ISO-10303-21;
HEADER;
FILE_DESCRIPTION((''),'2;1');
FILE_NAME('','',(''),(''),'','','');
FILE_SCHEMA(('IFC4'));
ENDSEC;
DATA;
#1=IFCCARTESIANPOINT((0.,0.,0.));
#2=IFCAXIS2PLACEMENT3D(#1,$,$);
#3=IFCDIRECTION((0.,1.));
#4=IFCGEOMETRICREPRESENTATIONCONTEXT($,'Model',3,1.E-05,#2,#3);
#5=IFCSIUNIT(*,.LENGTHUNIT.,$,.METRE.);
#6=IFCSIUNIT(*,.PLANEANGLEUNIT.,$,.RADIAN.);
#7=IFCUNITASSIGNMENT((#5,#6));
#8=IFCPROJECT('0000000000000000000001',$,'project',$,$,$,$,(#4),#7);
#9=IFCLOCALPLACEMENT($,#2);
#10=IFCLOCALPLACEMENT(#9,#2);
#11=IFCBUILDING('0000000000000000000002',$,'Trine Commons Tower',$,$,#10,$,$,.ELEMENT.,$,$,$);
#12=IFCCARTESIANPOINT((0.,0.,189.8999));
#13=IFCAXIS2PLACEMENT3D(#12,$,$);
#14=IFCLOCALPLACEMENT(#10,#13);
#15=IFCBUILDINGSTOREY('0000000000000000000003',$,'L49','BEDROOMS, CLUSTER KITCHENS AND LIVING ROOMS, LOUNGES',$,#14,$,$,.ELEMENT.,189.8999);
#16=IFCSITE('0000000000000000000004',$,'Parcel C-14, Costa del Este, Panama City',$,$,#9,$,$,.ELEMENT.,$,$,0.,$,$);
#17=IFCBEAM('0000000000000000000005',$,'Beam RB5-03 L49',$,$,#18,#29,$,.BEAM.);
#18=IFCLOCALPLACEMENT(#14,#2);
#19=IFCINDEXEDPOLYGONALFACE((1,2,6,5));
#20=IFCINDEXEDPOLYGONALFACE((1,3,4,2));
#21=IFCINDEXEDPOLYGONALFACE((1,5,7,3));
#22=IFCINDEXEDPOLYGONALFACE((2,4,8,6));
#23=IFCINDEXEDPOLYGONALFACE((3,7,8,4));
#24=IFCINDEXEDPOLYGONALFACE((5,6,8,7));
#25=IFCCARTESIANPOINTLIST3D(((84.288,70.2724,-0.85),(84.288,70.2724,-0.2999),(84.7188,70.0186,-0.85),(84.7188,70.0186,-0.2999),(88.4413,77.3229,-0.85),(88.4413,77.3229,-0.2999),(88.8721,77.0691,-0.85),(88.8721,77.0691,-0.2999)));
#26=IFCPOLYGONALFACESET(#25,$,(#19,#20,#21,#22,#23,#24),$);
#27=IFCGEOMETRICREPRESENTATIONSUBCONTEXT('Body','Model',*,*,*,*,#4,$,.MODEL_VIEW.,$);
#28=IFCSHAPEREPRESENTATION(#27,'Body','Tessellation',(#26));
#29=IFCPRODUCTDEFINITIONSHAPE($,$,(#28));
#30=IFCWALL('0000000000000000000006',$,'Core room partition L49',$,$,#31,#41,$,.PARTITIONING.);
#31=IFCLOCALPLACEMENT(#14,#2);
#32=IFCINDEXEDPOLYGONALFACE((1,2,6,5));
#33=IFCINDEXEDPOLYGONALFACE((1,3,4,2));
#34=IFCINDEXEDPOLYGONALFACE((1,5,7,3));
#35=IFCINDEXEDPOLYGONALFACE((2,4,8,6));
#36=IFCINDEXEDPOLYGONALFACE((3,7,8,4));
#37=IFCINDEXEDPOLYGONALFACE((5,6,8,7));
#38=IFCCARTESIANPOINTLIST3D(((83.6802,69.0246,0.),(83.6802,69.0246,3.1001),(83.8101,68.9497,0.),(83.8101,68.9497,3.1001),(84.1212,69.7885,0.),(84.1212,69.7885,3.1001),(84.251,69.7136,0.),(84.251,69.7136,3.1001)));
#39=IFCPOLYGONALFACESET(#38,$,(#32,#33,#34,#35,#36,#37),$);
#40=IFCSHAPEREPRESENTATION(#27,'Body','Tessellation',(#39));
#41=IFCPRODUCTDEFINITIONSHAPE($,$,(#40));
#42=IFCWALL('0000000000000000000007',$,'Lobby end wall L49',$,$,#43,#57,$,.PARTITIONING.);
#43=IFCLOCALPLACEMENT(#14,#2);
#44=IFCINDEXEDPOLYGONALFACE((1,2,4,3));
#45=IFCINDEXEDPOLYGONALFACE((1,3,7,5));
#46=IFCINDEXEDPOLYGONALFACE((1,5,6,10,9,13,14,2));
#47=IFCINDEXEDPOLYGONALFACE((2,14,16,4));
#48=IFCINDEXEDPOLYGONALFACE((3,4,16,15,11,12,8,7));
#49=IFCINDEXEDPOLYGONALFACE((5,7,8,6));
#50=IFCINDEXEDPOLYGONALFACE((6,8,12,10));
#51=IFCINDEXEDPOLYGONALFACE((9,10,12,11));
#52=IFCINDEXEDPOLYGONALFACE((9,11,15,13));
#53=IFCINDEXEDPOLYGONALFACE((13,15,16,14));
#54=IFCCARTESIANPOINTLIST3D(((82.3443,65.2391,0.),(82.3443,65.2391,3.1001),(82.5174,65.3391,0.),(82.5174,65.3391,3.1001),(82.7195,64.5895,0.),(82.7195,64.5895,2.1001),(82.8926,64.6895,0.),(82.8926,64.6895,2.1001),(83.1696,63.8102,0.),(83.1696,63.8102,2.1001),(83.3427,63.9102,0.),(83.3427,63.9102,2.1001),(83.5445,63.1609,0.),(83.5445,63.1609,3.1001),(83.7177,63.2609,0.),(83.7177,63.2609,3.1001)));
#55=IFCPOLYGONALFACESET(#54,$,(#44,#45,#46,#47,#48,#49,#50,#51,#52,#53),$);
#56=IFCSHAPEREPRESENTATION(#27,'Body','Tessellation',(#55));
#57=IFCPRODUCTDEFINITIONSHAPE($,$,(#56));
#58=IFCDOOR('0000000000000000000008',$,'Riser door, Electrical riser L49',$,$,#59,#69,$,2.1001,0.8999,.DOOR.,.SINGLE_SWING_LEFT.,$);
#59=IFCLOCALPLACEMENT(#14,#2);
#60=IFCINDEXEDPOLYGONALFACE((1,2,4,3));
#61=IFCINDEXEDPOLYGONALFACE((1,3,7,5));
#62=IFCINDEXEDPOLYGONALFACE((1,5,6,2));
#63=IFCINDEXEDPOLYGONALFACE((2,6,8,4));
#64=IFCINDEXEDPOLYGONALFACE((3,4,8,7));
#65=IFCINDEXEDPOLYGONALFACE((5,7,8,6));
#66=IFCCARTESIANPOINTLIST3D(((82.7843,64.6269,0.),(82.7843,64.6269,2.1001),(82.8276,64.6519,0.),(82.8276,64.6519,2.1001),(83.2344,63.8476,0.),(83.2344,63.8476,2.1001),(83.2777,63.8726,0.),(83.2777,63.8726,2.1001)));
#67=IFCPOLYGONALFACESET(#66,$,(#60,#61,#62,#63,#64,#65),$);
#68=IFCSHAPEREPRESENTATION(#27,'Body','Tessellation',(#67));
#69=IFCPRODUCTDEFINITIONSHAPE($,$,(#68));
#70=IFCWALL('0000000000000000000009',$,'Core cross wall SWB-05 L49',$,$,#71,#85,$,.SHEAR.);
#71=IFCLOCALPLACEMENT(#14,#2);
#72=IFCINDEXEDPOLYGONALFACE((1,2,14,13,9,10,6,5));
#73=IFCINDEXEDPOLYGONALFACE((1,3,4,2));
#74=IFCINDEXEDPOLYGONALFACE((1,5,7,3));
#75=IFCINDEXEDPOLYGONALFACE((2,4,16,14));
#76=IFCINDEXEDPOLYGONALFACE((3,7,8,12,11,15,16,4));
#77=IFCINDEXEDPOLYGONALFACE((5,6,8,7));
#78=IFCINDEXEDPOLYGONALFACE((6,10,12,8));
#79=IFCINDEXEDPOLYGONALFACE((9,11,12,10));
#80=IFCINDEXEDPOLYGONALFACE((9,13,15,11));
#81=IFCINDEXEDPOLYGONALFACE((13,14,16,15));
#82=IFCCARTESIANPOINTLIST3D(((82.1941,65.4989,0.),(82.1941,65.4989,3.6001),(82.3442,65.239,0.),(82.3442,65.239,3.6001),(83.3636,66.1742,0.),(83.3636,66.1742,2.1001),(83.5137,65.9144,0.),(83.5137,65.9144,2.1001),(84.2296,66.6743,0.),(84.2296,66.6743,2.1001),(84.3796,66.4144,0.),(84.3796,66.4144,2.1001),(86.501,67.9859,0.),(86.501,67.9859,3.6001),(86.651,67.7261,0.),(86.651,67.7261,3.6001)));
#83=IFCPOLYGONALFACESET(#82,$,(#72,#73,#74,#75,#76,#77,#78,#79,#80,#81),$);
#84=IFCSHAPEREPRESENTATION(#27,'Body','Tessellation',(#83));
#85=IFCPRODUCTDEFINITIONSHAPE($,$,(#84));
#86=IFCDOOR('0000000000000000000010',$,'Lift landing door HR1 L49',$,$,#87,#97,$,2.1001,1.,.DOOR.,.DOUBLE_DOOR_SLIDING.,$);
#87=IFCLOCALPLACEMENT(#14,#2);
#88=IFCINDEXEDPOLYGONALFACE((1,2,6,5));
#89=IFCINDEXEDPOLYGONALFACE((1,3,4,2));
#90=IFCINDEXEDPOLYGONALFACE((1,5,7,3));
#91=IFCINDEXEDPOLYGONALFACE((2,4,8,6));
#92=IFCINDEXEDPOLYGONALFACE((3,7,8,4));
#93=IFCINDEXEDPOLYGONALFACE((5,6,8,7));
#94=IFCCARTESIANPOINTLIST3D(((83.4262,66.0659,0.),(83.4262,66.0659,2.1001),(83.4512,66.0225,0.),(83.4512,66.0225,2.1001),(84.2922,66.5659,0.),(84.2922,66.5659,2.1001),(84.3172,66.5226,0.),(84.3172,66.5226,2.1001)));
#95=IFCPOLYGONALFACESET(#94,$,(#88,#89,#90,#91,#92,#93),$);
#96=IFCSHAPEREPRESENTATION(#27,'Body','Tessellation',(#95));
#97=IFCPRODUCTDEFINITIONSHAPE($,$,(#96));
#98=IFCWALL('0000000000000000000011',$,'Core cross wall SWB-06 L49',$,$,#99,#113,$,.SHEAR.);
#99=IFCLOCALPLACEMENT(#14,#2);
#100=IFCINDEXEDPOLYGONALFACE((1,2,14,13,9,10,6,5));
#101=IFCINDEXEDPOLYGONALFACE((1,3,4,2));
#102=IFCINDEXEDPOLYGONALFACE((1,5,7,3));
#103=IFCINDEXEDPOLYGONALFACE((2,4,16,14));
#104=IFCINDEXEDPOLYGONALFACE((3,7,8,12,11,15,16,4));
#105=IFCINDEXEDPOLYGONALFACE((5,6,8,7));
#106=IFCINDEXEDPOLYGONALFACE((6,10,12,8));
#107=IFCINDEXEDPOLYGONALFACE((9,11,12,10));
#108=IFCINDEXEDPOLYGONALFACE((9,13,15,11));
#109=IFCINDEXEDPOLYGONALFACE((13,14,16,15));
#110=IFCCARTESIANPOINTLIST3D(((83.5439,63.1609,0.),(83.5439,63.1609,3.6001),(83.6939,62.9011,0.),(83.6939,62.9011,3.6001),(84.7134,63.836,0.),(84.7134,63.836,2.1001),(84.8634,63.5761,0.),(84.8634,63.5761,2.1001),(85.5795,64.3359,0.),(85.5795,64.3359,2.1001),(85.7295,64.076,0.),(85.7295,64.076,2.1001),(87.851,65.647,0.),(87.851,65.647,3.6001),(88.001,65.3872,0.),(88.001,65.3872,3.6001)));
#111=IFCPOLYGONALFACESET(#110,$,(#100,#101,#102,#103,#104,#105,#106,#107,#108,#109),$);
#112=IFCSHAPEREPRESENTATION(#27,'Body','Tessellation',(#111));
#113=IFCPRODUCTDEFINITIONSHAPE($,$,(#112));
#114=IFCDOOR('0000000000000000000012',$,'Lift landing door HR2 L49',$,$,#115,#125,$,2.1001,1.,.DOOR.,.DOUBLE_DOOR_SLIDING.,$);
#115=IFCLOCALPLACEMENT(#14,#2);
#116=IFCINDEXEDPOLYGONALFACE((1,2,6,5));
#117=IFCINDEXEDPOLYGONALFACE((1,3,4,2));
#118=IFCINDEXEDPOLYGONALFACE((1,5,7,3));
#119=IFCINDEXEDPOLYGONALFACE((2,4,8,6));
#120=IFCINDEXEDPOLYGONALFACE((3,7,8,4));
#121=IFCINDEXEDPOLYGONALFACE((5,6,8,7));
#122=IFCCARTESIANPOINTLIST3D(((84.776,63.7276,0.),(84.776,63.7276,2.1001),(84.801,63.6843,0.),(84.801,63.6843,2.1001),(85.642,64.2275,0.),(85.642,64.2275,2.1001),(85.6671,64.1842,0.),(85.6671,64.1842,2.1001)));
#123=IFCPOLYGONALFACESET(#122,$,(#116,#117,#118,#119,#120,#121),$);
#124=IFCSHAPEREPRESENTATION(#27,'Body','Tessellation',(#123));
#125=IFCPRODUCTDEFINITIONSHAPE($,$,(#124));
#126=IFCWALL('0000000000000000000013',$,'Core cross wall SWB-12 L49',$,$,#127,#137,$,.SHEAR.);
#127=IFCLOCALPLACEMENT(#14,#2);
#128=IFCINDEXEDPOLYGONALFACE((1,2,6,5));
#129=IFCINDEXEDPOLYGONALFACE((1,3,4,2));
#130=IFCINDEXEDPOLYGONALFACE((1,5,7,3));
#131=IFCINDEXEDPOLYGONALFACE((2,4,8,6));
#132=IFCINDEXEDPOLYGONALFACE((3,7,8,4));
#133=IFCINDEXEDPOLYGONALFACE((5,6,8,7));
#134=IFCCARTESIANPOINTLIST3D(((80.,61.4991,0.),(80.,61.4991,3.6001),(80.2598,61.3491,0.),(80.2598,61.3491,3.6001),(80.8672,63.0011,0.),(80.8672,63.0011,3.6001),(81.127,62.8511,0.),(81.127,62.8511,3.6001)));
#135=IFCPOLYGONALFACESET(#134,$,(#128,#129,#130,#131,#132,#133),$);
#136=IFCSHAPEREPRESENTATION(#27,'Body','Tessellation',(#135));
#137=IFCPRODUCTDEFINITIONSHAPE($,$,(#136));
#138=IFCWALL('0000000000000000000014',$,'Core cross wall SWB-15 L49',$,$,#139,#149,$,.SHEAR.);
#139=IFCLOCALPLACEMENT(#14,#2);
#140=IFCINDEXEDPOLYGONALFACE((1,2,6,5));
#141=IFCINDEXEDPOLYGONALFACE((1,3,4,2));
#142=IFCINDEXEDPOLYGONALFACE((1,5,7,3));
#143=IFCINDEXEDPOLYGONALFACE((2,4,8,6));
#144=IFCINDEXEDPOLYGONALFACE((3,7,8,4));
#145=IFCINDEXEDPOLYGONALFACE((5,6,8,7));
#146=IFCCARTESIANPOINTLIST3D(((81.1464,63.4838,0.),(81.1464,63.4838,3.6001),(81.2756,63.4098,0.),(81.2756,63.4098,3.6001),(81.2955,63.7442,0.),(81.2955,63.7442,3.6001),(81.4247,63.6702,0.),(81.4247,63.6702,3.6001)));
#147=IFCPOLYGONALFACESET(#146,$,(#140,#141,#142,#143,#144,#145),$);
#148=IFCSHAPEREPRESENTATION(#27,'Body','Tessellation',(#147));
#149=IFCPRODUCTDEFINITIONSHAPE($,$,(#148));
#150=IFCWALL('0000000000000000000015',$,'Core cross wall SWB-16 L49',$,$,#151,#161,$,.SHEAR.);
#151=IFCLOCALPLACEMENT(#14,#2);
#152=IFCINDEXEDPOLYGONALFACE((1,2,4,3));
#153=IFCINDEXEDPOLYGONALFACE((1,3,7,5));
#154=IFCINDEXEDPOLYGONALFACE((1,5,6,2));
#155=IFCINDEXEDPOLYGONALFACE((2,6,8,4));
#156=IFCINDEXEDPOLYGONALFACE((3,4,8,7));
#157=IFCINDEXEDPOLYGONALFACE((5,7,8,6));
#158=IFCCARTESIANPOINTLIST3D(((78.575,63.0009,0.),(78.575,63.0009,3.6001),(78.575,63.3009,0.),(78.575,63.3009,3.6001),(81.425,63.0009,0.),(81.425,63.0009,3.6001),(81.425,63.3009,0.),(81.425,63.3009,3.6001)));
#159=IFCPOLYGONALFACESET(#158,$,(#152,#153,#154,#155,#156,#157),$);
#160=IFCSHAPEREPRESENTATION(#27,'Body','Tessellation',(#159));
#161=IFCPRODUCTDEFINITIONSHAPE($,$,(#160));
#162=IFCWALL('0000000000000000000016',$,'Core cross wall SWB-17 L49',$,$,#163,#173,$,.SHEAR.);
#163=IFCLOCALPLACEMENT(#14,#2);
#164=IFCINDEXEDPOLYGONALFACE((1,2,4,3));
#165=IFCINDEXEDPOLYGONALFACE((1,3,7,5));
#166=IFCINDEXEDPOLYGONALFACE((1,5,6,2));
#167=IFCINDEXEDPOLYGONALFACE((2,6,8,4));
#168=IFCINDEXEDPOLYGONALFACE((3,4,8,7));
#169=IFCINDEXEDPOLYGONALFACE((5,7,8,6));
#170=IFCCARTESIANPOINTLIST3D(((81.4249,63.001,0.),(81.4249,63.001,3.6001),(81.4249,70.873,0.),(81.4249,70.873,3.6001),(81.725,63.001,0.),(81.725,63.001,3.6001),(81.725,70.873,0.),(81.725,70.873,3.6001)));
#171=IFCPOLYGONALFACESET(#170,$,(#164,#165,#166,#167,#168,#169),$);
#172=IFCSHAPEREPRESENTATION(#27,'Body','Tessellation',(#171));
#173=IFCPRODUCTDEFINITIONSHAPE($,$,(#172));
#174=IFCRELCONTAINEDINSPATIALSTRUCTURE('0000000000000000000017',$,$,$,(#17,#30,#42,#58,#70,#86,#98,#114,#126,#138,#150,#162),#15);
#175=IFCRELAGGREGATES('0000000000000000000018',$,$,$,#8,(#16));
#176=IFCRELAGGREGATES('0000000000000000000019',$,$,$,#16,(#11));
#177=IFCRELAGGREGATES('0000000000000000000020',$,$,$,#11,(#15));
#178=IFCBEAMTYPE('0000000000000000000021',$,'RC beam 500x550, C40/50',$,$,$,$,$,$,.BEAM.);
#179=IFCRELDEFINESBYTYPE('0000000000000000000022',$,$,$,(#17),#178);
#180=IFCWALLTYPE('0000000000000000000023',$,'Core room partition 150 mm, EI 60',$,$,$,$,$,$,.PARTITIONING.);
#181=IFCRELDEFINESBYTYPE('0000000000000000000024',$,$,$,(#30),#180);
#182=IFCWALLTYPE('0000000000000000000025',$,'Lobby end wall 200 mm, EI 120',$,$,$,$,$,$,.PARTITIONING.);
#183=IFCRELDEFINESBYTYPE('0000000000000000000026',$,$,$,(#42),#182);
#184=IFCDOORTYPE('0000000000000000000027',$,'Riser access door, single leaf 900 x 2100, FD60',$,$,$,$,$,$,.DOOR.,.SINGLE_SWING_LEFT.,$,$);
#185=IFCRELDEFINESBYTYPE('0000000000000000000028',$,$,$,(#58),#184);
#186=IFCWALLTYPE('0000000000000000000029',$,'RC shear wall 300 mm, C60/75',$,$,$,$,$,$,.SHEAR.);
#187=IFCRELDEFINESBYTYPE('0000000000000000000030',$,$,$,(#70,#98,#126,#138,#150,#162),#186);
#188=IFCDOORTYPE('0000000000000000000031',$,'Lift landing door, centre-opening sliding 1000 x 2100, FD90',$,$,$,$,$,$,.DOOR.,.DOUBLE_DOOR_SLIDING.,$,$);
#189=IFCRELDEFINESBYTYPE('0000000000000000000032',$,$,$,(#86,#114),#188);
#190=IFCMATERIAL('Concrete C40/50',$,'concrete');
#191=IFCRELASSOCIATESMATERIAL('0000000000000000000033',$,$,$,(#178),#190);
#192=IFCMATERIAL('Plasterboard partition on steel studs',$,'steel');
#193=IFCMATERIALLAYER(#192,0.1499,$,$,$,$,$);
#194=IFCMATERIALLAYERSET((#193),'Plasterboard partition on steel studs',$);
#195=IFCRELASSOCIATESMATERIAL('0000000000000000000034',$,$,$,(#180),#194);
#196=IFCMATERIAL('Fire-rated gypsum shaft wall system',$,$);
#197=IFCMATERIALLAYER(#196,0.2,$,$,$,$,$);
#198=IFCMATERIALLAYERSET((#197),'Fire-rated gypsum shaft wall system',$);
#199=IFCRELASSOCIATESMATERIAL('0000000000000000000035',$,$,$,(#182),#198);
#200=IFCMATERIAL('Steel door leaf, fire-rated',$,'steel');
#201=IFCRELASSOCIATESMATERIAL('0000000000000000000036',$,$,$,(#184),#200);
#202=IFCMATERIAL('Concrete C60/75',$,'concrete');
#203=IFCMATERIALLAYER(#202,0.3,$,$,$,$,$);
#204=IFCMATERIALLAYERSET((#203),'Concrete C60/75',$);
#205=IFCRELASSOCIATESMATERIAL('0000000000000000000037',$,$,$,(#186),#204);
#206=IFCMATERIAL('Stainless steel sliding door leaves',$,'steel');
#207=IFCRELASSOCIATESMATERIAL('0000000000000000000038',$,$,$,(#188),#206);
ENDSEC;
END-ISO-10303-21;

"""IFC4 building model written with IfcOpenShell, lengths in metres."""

from ifc_helpers import new_model, si_unit, direction, frame, frame_2d, origin, origin_2d, place, context, subcontext, project, spatial, rectangle, extrude, material, layer, layer_set, material_profile, profile_set, type_object, element, fill, save


model = new_model("IFC4")

# Units and contexts
model_context = context("Model", 3, precision=1e-05, world=origin(), true_north=direction((0.0, 1.0)))
body_context = subcontext(model_context, "Body", "Model", "MODEL_VIEW")
ifc_project = project(units=[si_unit("LENGTHUNIT", "METRE"), si_unit("PLANEANGLEUNIT", "RADIAN")], contexts=[model_context])

# Site, building, storey
site_placement = place(None, origin())
site = spatial("IfcSite", under=ifc_project, at=site_placement, Name="Parcel C-14, Costa del Este, Panama City", CompositionType="ELEMENT", RefElevation=0.0)
building_placement = place(site_placement, origin())
building = spatial("IfcBuilding", under=site, at=building_placement, Name="Trine Commons Tower", CompositionType="ELEMENT")
storey_placement = place(building_placement, frame((0.0, 0.0, 189.8999)))
storey = spatial("IfcBuildingStorey", under=building, at=storey_placement, Name="L49", Description="BEDROOMS, CLUSTER KITCHENS AND LIVING ROOMS, LOUNGES", CompositionType="ELEMENT", Elevation=189.8999)

# Beam
ifc_material_1 = material(Name="Concrete C40/50", Category="concrete")
ifc_material_profile = material_profile(ifc_material_1, rectangle(XDim=0.5, YDim=0.55, at=origin_2d()), Name="RC 500x550")
ifc_profile_set = profile_set([ifc_material_profile], Name="Concrete C40/50")
beam_type = type_object("IfcBeamType", Name="RC beam 500x550, C40/50", PredefinedType="BEAM", material=ifc_profile_set)
beam_placement = place(storey_placement, frame((84.5034, 70.1455, -0.575), z_axis=(0.50756, 0.861617, 0.0), x_axis=(-0.861617, 0.50756, 0.0)))
element("IfcBeam", 1, at=beam_placement, inside=storey, type_object=beam_type, Name="Beam RB5-03 L49", PredefinedType="BEAM", context=body_context, shape_type="SweptSolid", body=[
    extrude(rectangle(XDim=0.5, YDim=0.55, at=origin_2d()), origin(), (0.0, 0.0, 1.0), 8.1829),
])

# Wall
ifc_material_2 = material(Name="Plasterboard partition on steel studs", Category="steel")
ifc_layer_1 = layer(ifc_material_2, 0.1499)
ifc_layer_set_1 = layer_set([ifc_layer_1], Name="Plasterboard partition on steel studs")
wall_type_1 = type_object("IfcWallType", Name="Core room partition 150 mm, EI 60", PredefinedType="PARTITIONING", material=ifc_layer_set_1)
wall_1_placement = place(storey_placement, frame((84.186, 69.751, 0.0), z_axis=(0.0, 0.0, 1.0), x_axis=(-0.49989, -0.866089, 0.0)))
element("IfcWall", 2, at=wall_1_placement, inside=storey, type_object=wall_type_1, Name="Core room partition L49", PredefinedType="PARTITIONING", context=body_context, shape_type="SweptSolid", body=[
    extrude(rectangle(XDim=0.8821, YDim=0.1499, at=frame_2d((0.4409, 0.0))), origin(), (0.0, 0.0, 1.0), 3.1001),
])

# Walls, openings, doors
ifc_material_3 = material(Name="Fire-rated gypsum shaft wall system")
ifc_layer_2 = layer(ifc_material_3, 0.2)
ifc_layer_set_2 = layer_set([ifc_layer_2], Name="Fire-rated gypsum shaft wall system")
wall_type_2 = type_object("IfcWallType", Name="Lobby end wall 200 mm, EI 120", PredefinedType="PARTITIONING", material=ifc_layer_set_2)
wall_2_placement = place(storey_placement, frame((83.6311, 63.2109, 0.0), z_axis=(0.0, 0.0, 1.0), x_axis=(-0.500122, 0.865955, 0.0)))
wall_2 = element("IfcWall", 3, at=wall_2_placement, inside=storey, type_object=wall_type_2, Name="Lobby end wall L49", PredefinedType="PARTITIONING", context=body_context, shape_type="SweptSolid", body=[
    extrude(rectangle(XDim=2.3999, YDim=0.2, at=frame_2d((1.2, 0.0))), origin(), (0.0, 0.0, 1.0), 3.1001),
])
opening_1_placement = place(wall_2_placement, frame((0.7498, 0.0, 0.0)))
opening_1 = element("IfcOpeningElement", 4, at=opening_1_placement, cuts=wall_2, PredefinedType="OPENING", context=body_context, shape_type="SweptSolid", body=[
    extrude(rectangle(XDim=0.8999, YDim=2.1001, at=frame_2d((0.45, 1.05))), frame((0.0, 0.1099, 0.0), z_axis=(0.0, -1.0, 0.0), x_axis=(1.0, 0.0, 0.0)), (0.0, 0.0, 1.0), 0.22),
])
ifc_material_4 = material(Name="Steel door leaf, fire-rated", Category="steel")
door_type_1 = type_object("IfcDoorType", Name="Riser access door, single leaf 900 x 2100, FD60", OperationType="SINGLE_SWING_LEFT", PredefinedType="DOOR", material=ifc_material_4)
door_1_placement = place(opening_1_placement, frame((0.8999, 0.0, 0.0), z_axis=(0.0, 0.0, 1.0), x_axis=(-1.0, 0.0, 0.0)))
door_1 = element("IfcDoor", 5, at=door_1_placement, inside=storey, type_object=door_type_1, Name="Riser door, Electrical riser L49", OperationType="SINGLE_SWING_LEFT", OverallHeight=2.1001, OverallWidth=0.8999, PredefinedType="DOOR", context=body_context, shape_type="SweptSolid", body=[
    extrude(rectangle(XDim=0.8999, YDim=2.1001, at=frame_2d((0.45, 1.05))), frame((0.0, 0.0249, 0.0), z_axis=(0.0, -1.0, 0.0), x_axis=(1.0, 0.0, 0.0)), (0.0, 0.0, 1.0), 0.05),
])
fill(opening_1, door_1)
ifc_material_5 = material(Name="Concrete C60/75", Category="concrete")
ifc_layer_3 = layer(ifc_material_5, 0.3)
ifc_layer_set_3 = layer_set([ifc_layer_3], Name="Concrete C60/75")
wall_type_3 = type_object("IfcWallType", Name="RC shear wall 300 mm, C60/75", PredefinedType="SHEAR", material=ifc_layer_set_3)
wall_3_placement = place(storey_placement, frame((82.269, 65.3689, 0.0), z_axis=(0.0, 0.0, 1.0), x_axis=(0.865984, 0.500072, 0.0)))
wall_3 = element("IfcWall", 6, at=wall_3_placement, inside=storey, type_object=wall_type_3, Name="Core cross wall SWB-05 L49", PredefinedType="SHEAR", context=body_context, shape_type="SweptSolid", body=[
    extrude(rectangle(XDim=4.9734, YDim=0.3, at=frame_2d((2.4868, 0.0))), origin(), (0.0, 0.0, 1.0), 3.6001),
])
opening_2_placement = place(wall_3_placement, frame((1.3506, 0.0, 0.0)))
opening_2 = element("IfcOpeningElement", 7, at=opening_2_placement, cuts=wall_3, PredefinedType="OPENING", context=body_context, shape_type="SweptSolid", body=[
    extrude(rectangle(XDim=1.0, YDim=2.1001, at=frame_2d((0.5, 1.05))), frame((0.0, 0.1599, 0.0), z_axis=(0.0, -1.0, 0.0), x_axis=(1.0, 0.0, 0.0)), (0.0, 0.0, 1.0), 0.3201),
])
ifc_material_6 = material(Name="Stainless steel sliding door leaves", Category="steel")
door_type_2 = type_object("IfcDoorType", Name="Lift landing door, centre-opening sliding 1000 x 2100, FD90", OperationType="DOUBLE_DOOR_SLIDING", PredefinedType="DOOR", material=ifc_material_6)
door_2_placement = place(opening_2_placement, origin())
door_2 = element("IfcDoor", 8, at=door_2_placement, inside=storey, type_object=door_type_2, Name="Lift landing door HR1 L49", OperationType="DOUBLE_DOOR_SLIDING", OverallHeight=2.1001, OverallWidth=1.0, PredefinedType="DOOR", context=body_context, shape_type="SweptSolid", body=[
    extrude(rectangle(XDim=1.0, YDim=2.1001, at=frame_2d((0.5, 1.05))), frame((0.0, 0.0249, 0.0), z_axis=(0.0, -1.0, 0.0), x_axis=(1.0, 0.0, 0.0)), (0.0, 0.0, 1.0), 0.05),
])
fill(opening_2, door_2)
wall_4_placement = place(storey_placement, frame((83.6189, 63.031, 0.0), z_axis=(0.0, 0.0, 1.0), x_axis=(0.866081, 0.499904, 0.0)))
wall_4 = element("IfcWall", 9, at=wall_4_placement, inside=storey, type_object=wall_type_3, Name="Core cross wall SWB-06 L49", PredefinedType="SHEAR", context=body_context, shape_type="SweptSolid", body=[
    extrude(rectangle(XDim=4.9731, YDim=0.3, at=frame_2d((2.4866, 0.0))), origin(), (0.0, 0.0, 1.0), 3.6001),
])
opening_3_placement = place(wall_4_placement, frame((1.3503, 0.0, 0.0)))
opening_3 = element("IfcOpeningElement", 10, at=opening_3_placement, cuts=wall_4, PredefinedType="OPENING", context=body_context, shape_type="SweptSolid", body=[
    extrude(rectangle(XDim=1.0, YDim=2.1001, at=frame_2d((0.5, 1.05))), frame((0.0, 0.1599, 0.0), z_axis=(0.0, -1.0, 0.0), x_axis=(1.0, 0.0, 0.0)), (0.0, 0.0, 1.0), 0.3201),
])
door_3_placement = place(opening_3_placement, origin())
door_3 = element("IfcDoor", 11, at=door_3_placement, inside=storey, type_object=door_type_2, Name="Lift landing door HR2 L49", OperationType="DOUBLE_DOOR_SLIDING", OverallHeight=2.1001, OverallWidth=1.0, PredefinedType="DOOR", context=body_context, shape_type="SweptSolid", body=[
    extrude(rectangle(XDim=1.0, YDim=2.1001, at=frame_2d((0.5, 1.05))), frame((0.0, 0.0249, 0.0), z_axis=(0.0, -1.0, 0.0), x_axis=(1.0, 0.0, 0.0)), (0.0, 0.0, 1.0), 0.05),
])
fill(opening_3, door_3)

# Walls
wall_5_placement = place(storey_placement, frame((80.1299, 61.4241, 0.0), z_axis=(0.0, 0.0, 1.0), x_axis=(0.500015, 0.866017, 0.0)))
element("IfcWall", 12, at=wall_5_placement, inside=storey, type_object=wall_type_3, Name="Core cross wall SWB-12 L49", PredefinedType="SHEAR", context=body_context, shape_type="SweptSolid", body=[
    extrude(rectangle(XDim=1.7344, YDim=0.3, at=frame_2d((0.8672, 0.0))), origin(), (0.0, 0.0, 1.0), 3.6001),
])
wall_6_placement = place(storey_placement, frame((81.2209, 63.614, 0.0), z_axis=(0.0, 0.0, 1.0), x_axis=(0.867738, -0.497022, 0.0)))
element("IfcWall", 13, at=wall_6_placement, inside=storey, type_object=wall_type_3, Name="Core cross wall SWB-15 L49", PredefinedType="SHEAR", context=body_context, shape_type="SweptSolid", body=[
    extrude(rectangle(XDim=0.1489, YDim=0.3, at=frame_2d((0.0745, 0.0))), origin(), (0.0, 0.0, 1.0), 3.6001),
])
wall_7_placement = place(storey_placement, frame((81.425, 63.1509, 0.0), z_axis=(0.0, 0.0, 1.0), x_axis=(-1.0, 0.0, 0.0)))
element("IfcWall", 14, at=wall_7_placement, inside=storey, type_object=wall_type_3, Name="Core cross wall SWB-16 L49", PredefinedType="SHEAR", context=body_context, shape_type="SweptSolid", body=[
    extrude(rectangle(XDim=2.8501, YDim=0.3, at=frame_2d((1.425, 0.0))), origin(), (0.0, 0.0, 1.0), 3.6001),
])
wall_8_placement = place(storey_placement, frame((81.575, 63.001, 0.0), z_axis=(0.0, 0.0, 1.0), x_axis=(0.0, 1.0, 0.0)))
element("IfcWall", 15, at=wall_8_placement, inside=storey, type_object=wall_type_3, Name="Core cross wall SWB-17 L49", PredefinedType="SHEAR", context=body_context, shape_type="SweptSolid", body=[
    extrude(rectangle(XDim=7.8721, YDim=0.3, at=frame_2d((3.936, 0.0))), origin(), (0.0, 0.0, 1.0), 3.6001),
])

save(model, "model.ifc")
